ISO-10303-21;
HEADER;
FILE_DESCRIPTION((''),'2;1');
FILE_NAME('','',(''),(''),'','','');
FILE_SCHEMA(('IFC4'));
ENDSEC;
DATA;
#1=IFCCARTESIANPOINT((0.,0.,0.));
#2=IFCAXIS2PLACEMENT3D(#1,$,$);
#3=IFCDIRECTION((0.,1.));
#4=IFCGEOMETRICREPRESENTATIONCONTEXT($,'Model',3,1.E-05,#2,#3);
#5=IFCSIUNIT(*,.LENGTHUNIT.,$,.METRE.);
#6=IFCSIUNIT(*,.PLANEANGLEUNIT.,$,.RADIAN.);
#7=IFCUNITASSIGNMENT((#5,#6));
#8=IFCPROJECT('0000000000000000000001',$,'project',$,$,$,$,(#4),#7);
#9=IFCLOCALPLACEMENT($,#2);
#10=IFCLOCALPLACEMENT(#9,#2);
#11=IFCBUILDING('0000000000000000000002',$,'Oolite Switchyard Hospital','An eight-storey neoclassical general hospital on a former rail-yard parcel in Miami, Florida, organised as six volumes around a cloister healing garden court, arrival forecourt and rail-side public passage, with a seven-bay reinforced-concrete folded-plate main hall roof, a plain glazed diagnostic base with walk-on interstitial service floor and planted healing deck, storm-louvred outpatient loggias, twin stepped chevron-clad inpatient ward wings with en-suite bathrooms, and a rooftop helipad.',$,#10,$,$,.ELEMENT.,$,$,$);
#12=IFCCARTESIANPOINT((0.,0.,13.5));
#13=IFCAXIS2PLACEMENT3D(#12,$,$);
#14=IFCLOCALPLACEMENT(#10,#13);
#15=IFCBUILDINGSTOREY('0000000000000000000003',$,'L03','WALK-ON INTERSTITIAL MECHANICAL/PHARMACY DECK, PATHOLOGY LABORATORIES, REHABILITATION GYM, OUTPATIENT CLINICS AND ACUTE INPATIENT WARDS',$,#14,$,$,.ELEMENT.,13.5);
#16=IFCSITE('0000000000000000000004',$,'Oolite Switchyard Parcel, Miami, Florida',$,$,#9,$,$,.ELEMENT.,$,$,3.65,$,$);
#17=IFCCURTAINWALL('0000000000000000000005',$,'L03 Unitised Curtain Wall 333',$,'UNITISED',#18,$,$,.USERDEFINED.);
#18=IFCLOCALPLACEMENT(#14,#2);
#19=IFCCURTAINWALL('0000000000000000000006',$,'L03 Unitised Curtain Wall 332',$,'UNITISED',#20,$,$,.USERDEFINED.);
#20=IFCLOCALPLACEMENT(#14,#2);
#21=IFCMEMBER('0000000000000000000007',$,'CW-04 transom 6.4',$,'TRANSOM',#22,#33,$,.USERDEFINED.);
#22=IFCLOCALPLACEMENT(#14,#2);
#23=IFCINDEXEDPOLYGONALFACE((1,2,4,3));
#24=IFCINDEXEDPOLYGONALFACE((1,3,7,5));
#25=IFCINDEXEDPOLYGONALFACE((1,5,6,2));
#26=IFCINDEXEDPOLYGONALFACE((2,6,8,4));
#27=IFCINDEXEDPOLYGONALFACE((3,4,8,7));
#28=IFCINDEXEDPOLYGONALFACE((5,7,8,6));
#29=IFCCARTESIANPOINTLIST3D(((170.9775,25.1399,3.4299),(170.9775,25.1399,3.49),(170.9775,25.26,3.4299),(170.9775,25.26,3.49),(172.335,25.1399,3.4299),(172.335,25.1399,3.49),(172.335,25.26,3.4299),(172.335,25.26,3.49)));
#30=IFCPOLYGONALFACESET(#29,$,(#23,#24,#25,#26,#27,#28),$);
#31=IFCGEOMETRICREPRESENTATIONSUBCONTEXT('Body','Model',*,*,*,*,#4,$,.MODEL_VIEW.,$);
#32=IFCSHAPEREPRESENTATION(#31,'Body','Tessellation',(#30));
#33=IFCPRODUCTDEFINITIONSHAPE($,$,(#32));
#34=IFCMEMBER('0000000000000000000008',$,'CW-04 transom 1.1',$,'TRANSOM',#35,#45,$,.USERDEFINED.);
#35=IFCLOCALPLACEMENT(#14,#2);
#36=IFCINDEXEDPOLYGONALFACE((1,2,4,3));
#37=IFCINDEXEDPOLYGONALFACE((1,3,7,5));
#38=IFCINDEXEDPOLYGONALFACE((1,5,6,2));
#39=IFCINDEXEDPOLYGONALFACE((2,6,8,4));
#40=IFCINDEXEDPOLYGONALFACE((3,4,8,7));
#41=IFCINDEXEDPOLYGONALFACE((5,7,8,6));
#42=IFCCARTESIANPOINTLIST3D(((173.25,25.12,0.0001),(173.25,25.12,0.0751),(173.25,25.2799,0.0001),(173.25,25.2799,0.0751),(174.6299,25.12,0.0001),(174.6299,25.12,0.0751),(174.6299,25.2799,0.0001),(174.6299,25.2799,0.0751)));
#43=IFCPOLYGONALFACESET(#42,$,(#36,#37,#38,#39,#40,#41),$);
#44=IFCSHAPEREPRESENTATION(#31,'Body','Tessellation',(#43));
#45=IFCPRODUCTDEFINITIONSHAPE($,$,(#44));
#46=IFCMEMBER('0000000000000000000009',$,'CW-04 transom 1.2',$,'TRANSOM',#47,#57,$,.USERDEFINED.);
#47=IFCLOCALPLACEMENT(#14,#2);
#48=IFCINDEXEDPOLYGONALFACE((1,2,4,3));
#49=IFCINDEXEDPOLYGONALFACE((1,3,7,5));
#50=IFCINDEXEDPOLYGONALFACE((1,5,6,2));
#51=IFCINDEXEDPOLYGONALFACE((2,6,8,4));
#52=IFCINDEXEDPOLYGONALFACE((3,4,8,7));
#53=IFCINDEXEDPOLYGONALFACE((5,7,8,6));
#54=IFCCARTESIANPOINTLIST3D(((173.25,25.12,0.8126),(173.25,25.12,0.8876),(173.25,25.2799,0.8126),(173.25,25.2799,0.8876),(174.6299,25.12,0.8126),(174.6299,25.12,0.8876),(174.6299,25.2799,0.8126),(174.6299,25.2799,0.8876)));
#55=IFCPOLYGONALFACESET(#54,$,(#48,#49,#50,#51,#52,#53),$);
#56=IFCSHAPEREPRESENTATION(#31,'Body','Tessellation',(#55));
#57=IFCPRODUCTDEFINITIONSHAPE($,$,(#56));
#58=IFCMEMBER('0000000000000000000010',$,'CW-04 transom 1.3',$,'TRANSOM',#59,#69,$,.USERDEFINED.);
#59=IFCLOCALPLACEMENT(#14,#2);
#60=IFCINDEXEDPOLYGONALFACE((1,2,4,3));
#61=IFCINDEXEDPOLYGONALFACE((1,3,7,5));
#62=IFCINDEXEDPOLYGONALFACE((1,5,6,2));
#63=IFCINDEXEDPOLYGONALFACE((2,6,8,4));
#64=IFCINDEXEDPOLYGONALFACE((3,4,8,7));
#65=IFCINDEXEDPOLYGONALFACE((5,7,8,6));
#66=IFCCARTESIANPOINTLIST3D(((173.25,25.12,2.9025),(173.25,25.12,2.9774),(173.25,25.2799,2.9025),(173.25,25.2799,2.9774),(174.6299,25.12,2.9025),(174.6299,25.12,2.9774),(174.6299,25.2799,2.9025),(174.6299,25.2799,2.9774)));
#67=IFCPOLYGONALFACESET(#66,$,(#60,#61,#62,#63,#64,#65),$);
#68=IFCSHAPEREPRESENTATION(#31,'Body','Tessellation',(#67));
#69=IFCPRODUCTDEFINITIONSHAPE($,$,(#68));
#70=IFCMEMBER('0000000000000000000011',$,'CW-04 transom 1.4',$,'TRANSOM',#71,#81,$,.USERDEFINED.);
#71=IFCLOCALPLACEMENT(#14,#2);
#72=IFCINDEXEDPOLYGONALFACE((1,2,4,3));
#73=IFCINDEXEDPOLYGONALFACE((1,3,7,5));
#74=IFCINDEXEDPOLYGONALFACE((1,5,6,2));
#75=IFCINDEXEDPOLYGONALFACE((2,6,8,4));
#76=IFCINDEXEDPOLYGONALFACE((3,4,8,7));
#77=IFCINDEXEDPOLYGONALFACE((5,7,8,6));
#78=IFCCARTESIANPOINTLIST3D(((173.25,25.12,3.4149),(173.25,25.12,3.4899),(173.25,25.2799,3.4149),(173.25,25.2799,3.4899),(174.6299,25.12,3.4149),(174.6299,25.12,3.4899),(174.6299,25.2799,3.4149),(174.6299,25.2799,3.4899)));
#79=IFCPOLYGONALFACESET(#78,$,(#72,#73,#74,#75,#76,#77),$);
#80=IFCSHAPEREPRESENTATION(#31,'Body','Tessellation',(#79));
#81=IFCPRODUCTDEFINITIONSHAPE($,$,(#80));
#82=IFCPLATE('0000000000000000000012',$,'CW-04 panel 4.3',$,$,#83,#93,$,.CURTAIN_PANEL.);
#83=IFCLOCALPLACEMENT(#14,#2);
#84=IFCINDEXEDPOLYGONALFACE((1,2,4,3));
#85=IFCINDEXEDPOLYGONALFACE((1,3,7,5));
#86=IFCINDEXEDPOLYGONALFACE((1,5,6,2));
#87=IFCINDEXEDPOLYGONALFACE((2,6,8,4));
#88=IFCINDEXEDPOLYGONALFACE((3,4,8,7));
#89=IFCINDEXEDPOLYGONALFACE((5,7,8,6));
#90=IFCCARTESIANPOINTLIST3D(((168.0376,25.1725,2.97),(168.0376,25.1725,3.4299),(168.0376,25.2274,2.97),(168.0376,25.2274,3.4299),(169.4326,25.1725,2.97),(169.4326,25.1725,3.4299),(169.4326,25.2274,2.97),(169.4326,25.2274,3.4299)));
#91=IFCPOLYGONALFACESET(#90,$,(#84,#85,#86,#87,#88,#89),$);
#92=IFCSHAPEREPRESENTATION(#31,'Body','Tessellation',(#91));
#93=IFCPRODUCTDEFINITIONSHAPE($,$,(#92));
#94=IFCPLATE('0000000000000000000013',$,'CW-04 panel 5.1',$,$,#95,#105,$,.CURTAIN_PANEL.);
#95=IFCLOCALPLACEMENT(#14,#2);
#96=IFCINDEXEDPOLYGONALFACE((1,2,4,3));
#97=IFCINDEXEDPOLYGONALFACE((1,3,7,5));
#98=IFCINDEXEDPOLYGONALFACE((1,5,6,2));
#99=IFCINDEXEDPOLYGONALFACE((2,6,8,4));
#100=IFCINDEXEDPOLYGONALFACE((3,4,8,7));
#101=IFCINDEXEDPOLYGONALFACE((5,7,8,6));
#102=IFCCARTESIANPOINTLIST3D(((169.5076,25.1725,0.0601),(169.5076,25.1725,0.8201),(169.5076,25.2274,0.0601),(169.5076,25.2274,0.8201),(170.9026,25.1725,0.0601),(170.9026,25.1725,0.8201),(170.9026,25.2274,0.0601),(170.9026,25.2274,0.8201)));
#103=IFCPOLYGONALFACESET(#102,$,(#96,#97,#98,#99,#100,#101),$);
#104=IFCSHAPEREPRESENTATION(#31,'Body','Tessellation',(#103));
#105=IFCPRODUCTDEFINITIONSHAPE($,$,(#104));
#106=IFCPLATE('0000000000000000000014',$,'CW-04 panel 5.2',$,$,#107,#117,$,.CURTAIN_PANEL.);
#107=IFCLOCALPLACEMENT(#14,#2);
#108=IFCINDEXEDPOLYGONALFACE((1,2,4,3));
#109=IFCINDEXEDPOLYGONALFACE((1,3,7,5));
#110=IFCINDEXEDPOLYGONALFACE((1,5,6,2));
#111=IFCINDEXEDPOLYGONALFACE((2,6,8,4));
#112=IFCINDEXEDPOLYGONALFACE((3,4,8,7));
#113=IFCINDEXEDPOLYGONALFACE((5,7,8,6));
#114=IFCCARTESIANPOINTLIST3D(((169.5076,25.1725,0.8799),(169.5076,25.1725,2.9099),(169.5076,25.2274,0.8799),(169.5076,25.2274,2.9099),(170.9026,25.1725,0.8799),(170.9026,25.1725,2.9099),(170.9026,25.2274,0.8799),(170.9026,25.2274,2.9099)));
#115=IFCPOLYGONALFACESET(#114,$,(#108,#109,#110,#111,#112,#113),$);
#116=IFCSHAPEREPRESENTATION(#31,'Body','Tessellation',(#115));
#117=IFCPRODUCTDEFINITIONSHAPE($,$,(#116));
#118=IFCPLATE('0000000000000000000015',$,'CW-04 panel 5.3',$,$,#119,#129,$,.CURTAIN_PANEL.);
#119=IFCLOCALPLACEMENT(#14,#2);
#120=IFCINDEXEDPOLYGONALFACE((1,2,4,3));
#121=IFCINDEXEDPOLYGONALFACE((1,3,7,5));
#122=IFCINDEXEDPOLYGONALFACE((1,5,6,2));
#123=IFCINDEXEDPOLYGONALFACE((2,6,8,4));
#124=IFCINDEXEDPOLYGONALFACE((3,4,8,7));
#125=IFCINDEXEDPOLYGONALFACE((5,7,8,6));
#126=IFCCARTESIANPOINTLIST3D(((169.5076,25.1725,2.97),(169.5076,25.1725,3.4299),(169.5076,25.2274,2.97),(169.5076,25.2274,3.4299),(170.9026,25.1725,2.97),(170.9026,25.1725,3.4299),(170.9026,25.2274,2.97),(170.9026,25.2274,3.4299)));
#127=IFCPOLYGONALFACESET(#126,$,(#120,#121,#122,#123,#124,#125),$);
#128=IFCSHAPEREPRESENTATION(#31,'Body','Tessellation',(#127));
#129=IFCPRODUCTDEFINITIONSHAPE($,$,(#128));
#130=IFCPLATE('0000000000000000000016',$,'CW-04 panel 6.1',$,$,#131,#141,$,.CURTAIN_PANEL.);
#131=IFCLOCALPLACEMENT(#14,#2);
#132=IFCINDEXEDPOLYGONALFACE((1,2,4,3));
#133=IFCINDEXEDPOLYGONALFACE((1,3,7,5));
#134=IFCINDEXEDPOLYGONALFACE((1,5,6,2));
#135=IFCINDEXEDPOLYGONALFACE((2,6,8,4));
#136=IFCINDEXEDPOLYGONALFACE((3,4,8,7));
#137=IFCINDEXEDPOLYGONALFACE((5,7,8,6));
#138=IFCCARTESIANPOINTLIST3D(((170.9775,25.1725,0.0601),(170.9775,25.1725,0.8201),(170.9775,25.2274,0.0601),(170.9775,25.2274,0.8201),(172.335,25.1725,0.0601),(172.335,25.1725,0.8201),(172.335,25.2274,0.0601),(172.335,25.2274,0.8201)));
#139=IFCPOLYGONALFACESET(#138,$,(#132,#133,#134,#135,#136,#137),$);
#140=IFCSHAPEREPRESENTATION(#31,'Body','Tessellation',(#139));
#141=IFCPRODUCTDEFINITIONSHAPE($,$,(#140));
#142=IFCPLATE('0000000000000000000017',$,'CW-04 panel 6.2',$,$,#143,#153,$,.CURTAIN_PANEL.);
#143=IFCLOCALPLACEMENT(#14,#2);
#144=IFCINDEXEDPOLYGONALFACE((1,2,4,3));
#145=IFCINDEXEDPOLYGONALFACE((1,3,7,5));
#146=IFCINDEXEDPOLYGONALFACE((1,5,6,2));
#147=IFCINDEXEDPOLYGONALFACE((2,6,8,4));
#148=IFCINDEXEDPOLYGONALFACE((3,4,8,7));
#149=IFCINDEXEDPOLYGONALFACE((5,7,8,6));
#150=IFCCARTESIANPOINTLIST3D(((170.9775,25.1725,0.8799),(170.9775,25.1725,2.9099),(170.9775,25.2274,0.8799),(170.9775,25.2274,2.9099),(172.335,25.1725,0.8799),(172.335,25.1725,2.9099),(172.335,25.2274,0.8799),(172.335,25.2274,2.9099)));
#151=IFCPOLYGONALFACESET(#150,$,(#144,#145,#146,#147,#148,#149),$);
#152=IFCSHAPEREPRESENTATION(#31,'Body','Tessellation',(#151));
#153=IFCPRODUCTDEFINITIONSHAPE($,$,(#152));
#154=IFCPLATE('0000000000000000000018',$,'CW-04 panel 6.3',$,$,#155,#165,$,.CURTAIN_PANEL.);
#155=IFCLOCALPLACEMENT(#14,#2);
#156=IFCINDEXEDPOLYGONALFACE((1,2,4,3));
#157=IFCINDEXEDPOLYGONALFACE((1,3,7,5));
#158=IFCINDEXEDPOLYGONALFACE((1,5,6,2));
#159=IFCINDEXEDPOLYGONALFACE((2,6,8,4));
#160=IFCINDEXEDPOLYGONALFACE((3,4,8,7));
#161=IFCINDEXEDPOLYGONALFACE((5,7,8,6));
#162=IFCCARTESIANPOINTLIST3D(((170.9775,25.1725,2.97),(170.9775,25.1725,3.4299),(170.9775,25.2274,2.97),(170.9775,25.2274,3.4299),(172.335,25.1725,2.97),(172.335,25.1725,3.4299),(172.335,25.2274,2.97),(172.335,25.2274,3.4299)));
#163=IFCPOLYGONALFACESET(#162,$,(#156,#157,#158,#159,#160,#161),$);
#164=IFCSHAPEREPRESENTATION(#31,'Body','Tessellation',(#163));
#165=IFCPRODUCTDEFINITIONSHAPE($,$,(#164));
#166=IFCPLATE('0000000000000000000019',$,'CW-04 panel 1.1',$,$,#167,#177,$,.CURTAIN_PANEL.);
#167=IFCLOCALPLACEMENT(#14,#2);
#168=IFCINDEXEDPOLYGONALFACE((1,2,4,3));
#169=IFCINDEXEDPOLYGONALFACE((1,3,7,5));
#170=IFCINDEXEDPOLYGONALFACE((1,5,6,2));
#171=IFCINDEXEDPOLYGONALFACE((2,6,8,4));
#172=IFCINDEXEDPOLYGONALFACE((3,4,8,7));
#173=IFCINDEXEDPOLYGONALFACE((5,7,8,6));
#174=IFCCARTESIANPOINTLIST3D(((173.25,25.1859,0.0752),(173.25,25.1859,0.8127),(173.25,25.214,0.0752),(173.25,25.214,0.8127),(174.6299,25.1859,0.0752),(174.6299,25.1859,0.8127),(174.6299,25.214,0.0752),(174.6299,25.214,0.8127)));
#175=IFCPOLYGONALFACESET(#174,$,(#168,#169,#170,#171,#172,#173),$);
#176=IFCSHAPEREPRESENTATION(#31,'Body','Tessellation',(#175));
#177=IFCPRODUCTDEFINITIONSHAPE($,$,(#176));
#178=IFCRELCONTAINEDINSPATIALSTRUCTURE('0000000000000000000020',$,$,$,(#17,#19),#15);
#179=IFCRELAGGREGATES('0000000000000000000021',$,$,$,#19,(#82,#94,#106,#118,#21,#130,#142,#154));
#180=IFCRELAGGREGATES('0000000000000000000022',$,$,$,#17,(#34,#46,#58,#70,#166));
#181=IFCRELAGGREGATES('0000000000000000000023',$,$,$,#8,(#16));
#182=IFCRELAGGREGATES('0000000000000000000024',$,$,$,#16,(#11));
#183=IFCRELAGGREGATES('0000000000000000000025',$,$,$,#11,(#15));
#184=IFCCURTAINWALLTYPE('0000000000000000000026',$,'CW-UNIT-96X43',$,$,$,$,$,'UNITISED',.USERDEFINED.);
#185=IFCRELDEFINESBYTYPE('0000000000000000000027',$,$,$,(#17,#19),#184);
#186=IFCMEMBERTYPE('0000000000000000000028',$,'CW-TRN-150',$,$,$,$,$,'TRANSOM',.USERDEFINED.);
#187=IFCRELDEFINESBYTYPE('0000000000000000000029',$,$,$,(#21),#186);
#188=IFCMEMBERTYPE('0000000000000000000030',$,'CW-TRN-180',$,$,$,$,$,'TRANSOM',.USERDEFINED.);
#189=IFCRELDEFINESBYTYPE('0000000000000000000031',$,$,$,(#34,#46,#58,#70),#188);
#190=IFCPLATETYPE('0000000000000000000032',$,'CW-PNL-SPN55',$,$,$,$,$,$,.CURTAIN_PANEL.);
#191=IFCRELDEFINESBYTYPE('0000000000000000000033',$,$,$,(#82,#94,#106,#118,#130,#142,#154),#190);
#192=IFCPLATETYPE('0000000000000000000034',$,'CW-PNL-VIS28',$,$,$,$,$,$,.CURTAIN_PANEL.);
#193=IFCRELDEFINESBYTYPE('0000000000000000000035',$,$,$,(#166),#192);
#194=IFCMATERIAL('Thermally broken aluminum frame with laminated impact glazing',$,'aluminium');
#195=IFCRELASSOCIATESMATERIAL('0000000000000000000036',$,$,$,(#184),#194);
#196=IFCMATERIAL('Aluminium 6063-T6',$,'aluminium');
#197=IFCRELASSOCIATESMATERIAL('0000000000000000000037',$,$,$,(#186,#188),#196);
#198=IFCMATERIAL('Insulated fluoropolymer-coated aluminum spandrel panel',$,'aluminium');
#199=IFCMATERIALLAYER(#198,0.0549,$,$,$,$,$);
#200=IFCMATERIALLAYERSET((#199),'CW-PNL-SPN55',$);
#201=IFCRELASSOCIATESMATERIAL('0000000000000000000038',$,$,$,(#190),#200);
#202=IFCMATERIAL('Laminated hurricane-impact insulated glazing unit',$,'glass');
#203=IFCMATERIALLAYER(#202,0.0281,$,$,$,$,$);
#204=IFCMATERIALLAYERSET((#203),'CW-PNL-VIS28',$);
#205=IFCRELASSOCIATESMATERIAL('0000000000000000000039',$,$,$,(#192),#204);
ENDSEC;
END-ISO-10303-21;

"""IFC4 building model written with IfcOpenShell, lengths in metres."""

from ifc_helpers import new_model, si_unit, direction, frame, origin, origin_2d, place, context, subcontext, project, spatial, rectangle, extrude, material, layer, layer_set, material_profile, profile_set, type_object, element, aggregate, save


model = new_model("IFC4")

# Units and contexts
model_context = context("Model", 3, precision=1e-05, world=origin(), true_north=direction((0.0, 1.0)))
body_context = subcontext(model_context, "Body", "Model", "MODEL_VIEW")
ifc_project = project(units=[si_unit("LENGTHUNIT", "METRE"), si_unit("PLANEANGLEUNIT", "RADIAN")], contexts=[model_context])

# Site, building, storey
site_placement = place(None, origin())
site = spatial("IfcSite", under=ifc_project, at=site_placement, Name="Oolite Switchyard Parcel, Miami, Florida", CompositionType="ELEMENT", RefElevation=3.65)
building_placement = place(site_placement, origin())
building = spatial("IfcBuilding", under=site, at=building_placement, Name="Oolite Switchyard Hospital", Description="An eight-storey neoclassical general hospital on a former rail-yard parcel in Miami, Florida, organised as six volumes around a cloister healing garden court, arrival forecourt and rail-side public passage, with a seven-bay reinforced-concrete folded-plate main hall roof, a plain glazed diagnostic base with walk-on interstitial service floor and planted healing deck, storm-louvred outpatient loggias, twin stepped chevron-clad inpatient ward wings with en-suite bathrooms, and a rooftop helipad.", CompositionType="ELEMENT")
storey_placement = place(building_placement, frame((0.0, 0.0, 13.5)))
storey = spatial("IfcBuildingStorey", under=building, at=storey_placement, Name="L03", Description="WALK-ON INTERSTITIAL MECHANICAL/PHARMACY DECK, PATHOLOGY LABORATORIES, REHABILITATION GYM, OUTPATIENT CLINICS AND ACUTE INPATIENT WARDS", CompositionType="ELEMENT", Elevation=13.5)

# Curtain wall
ifc_material_1 = material(Name="Thermally broken aluminum frame with laminated impact glazing", Category="aluminium")
curtain_wall_type = type_object("IfcCurtainWallType", Name="CW-UNIT-96X43", ElementType="UNITISED", PredefinedType="USERDEFINED", material=ifc_material_1)
curtain_wall_1_placement = place(storey_placement, origin())
curtain_wall_1 = element("IfcCurtainWall", 1, at=curtain_wall_1_placement, inside=storey, type_object=curtain_wall_type, Name="L03 Unitised Curtain Wall 333", ObjectType="UNITISED", PredefinedType="USERDEFINED")
ifc_material_2 = material(Name="Aluminium 6063-T6", Category="aluminium")

# Curtain wall, member
curtain_wall_2_placement = place(storey_placement, origin())
curtain_wall_2 = element("IfcCurtainWall", 2, at=curtain_wall_2_placement, inside=storey, type_object=curtain_wall_type, Name="L03 Unitised Curtain Wall 332", ObjectType="UNITISED", PredefinedType="USERDEFINED")
ifc_material_profile_1 = material_profile(ifc_material_2, rectangle(XDim=0.1201, YDim=0.0601, at=origin_2d()), Name="CWT60X120")
ifc_profile_set_1 = profile_set([ifc_material_profile_1], Name="Aluminium 6063-T6")
member_type_1 = type_object("IfcMemberType", Name="CW-TRN-150", ElementType="TRANSOM", PredefinedType="USERDEFINED", material=ifc_profile_set_1)
member_1_placement = place(storey_placement, frame((170.9775, 25.2, 3.46), z_axis=(1.0, 0.0, 0.0), x_axis=(0.0, 1.0, 0.0)))
member_1 = element("IfcMember", 3, at=member_1_placement, type_object=member_type_1, Name="CW-04 transom 6.4", ObjectType="TRANSOM", PredefinedType="USERDEFINED", context=body_context, shape_type="SweptSolid", body=[
    extrude(rectangle(XDim=0.1201, YDim=0.0601, at=origin_2d()), origin(), (0.0, 0.0, 1.0), 1.3574),
])

# Members
ifc_material_profile_2 = material_profile(ifc_material_2, rectangle(XDim=0.1599, YDim=0.075, at=origin_2d()), Name="CWT75X160")
ifc_profile_set_2 = profile_set([ifc_material_profile_2], Name="Aluminium 6063-T6")
member_type_2 = type_object("IfcMemberType", Name="CW-TRN-180", ElementType="TRANSOM", PredefinedType="USERDEFINED", material=ifc_profile_set_2)
member_2_placement = place(storey_placement, frame((173.25, 25.2, 0.0376), z_axis=(1.0, 0.0, 0.0), x_axis=(0.0, 1.0, 0.0)))
member_2 = element("IfcMember", 4, at=member_2_placement, type_object=member_type_2, Name="CW-04 transom 1.1", ObjectType="TRANSOM", PredefinedType="USERDEFINED", context=body_context, shape_type="SweptSolid", body=[
    extrude(rectangle(XDim=0.1599, YDim=0.075, at=origin_2d()), origin(), (0.0, 0.0, 1.0), 1.3799),
])
member_3_placement = place(storey_placement, frame((173.25, 25.2, 0.8501), z_axis=(1.0, 0.0, 0.0), x_axis=(0.0, 1.0, 0.0)))
member_3 = element("IfcMember", 5, at=member_3_placement, type_object=member_type_2, Name="CW-04 transom 1.2", ObjectType="TRANSOM", PredefinedType="USERDEFINED", context=body_context, shape_type="SweptSolid", body=[
    extrude(rectangle(XDim=0.1599, YDim=0.075, at=origin_2d()), origin(), (0.0, 0.0, 1.0), 1.3799),
])
member_4_placement = place(storey_placement, frame((173.25, 25.2, 2.9399), z_axis=(1.0, 0.0, 0.0), x_axis=(0.0, 1.0, 0.0)))
member_4 = element("IfcMember", 6, at=member_4_placement, type_object=member_type_2, Name="CW-04 transom 1.3", ObjectType="TRANSOM", PredefinedType="USERDEFINED", context=body_context, shape_type="SweptSolid", body=[
    extrude(rectangle(XDim=0.1599, YDim=0.075, at=origin_2d()), origin(), (0.0, 0.0, 1.0), 1.3799),
])
member_5_placement = place(storey_placement, frame((173.25, 25.2, 3.4524), z_axis=(1.0, 0.0, 0.0), x_axis=(0.0, 1.0, 0.0)))
member_5 = element("IfcMember", 7, at=member_5_placement, type_object=member_type_2, Name="CW-04 transom 1.4", ObjectType="TRANSOM", PredefinedType="USERDEFINED", context=body_context, shape_type="SweptSolid", body=[
    extrude(rectangle(XDim=0.1599, YDim=0.075, at=origin_2d()), origin(), (0.0, 0.0, 1.0), 1.3799),
])

# Plates
ifc_material_3 = material(Name="Insulated fluoropolymer-coated aluminum spandrel panel", Category="aluminium")
ifc_layer_1 = layer(ifc_material_3, 0.0549)
ifc_layer_set_1 = layer_set([ifc_layer_1], Name="CW-PNL-SPN55")
plate_type_1 = type_object("IfcPlateType", Name="CW-PNL-SPN55", PredefinedType="CURTAIN_PANEL", material=ifc_layer_set_1)
plate_1_placement = place(storey_placement, frame((168.7351, 25.2, 2.97), z_axis=(0.0, 0.0, 1.0), x_axis=(1.0, 0.0, 0.0)))
plate_1 = element("IfcPlate", 8, at=plate_1_placement, type_object=plate_type_1, Name="CW-04 panel 4.3", PredefinedType="CURTAIN_PANEL", context=body_context, shape_type="SweptSolid", body=[
    extrude(rectangle(XDim=1.395, YDim=0.0549, at=origin_2d()), origin(), (0.0, 0.0, 1.0), 0.46),
])
plate_2_placement = place(storey_placement, frame((170.2051, 25.2, 0.0601), z_axis=(0.0, 0.0, 1.0), x_axis=(1.0, 0.0, 0.0)))
plate_2 = element("IfcPlate", 9, at=plate_2_placement, type_object=plate_type_1, Name="CW-04 panel 5.1", PredefinedType="CURTAIN_PANEL", context=body_context, shape_type="SweptSolid", body=[
    extrude(rectangle(XDim=1.395, YDim=0.0549, at=origin_2d()), origin(), (0.0, 0.0, 1.0), 0.76),
])
plate_3_placement = place(storey_placement, frame((170.2051, 25.2, 0.8799), z_axis=(0.0, 0.0, 1.0), x_axis=(1.0, 0.0, 0.0)))
plate_3 = element("IfcPlate", 10, at=plate_3_placement, type_object=plate_type_1, Name="CW-04 panel 5.2", PredefinedType="CURTAIN_PANEL", context=body_context, shape_type="SweptSolid", body=[
    extrude(rectangle(XDim=1.395, YDim=0.0549, at=origin_2d()), origin(), (0.0, 0.0, 1.0), 2.03),
])
plate_4_placement = place(storey_placement, frame((170.2051, 25.2, 2.97), z_axis=(0.0, 0.0, 1.0), x_axis=(1.0, 0.0, 0.0)))
plate_4 = element("IfcPlate", 11, at=plate_4_placement, type_object=plate_type_1, Name="CW-04 panel 5.3", PredefinedType="CURTAIN_PANEL", context=body_context, shape_type="SweptSolid", body=[
    extrude(rectangle(XDim=1.395, YDim=0.0549, at=origin_2d()), origin(), (0.0, 0.0, 1.0), 0.46),
])
plate_5_placement = place(storey_placement, frame((171.6562, 25.2, 0.0601), z_axis=(0.0, 0.0, 1.0), x_axis=(1.0, 0.0, 0.0)))
plate_5 = element("IfcPlate", 12, at=plate_5_placement, type_object=plate_type_1, Name="CW-04 panel 6.1", PredefinedType="CURTAIN_PANEL", context=body_context, shape_type="SweptSolid", body=[
    extrude(rectangle(XDim=1.3574, YDim=0.0549, at=origin_2d()), origin(), (0.0, 0.0, 1.0), 0.76),
])
plate_6_placement = place(storey_placement, frame((171.6562, 25.2, 0.8799), z_axis=(0.0, 0.0, 1.0), x_axis=(1.0, 0.0, 0.0)))
plate_6 = element("IfcPlate", 13, at=plate_6_placement, type_object=plate_type_1, Name="CW-04 panel 6.2", PredefinedType="CURTAIN_PANEL", context=body_context, shape_type="SweptSolid", body=[
    extrude(rectangle(XDim=1.3574, YDim=0.0549, at=origin_2d()), origin(), (0.0, 0.0, 1.0), 2.03),
])
plate_7_placement = place(storey_placement, frame((171.6562, 25.2, 2.97), z_axis=(0.0, 0.0, 1.0), x_axis=(1.0, 0.0, 0.0)))
plate_7 = element("IfcPlate", 14, at=plate_7_placement, type_object=plate_type_1, Name="CW-04 panel 6.3", PredefinedType="CURTAIN_PANEL", context=body_context, shape_type="SweptSolid", body=[
    extrude(rectangle(XDim=1.3574, YDim=0.0549, at=origin_2d()), origin(), (0.0, 0.0, 1.0), 0.46),
])
aggregate(curtain_wall_2, [plate_1, plate_2, plate_3, plate_4, member_1, plate_5, plate_6, plate_7])
ifc_material_4 = material(Name="Laminated hurricane-impact insulated glazing unit", Category="glass")
ifc_layer_2 = layer(ifc_material_4, 0.0281)
ifc_layer_set_2 = layer_set([ifc_layer_2], Name="CW-PNL-VIS28")
plate_type_2 = type_object("IfcPlateType", Name="CW-PNL-VIS28", PredefinedType="CURTAIN_PANEL", material=ifc_layer_set_2)
plate_8_placement = place(storey_placement, frame((173.9399, 25.2, 0.0752), z_axis=(0.0, 0.0, 1.0), x_axis=(1.0, 0.0, 0.0)))
plate_8 = element("IfcPlate", 15, at=plate_8_placement, type_object=plate_type_2, Name="CW-04 panel 1.1", PredefinedType="CURTAIN_PANEL", context=body_context, shape_type="SweptSolid", body=[
    extrude(rectangle(XDim=1.3799, YDim=0.0281, at=origin_2d()), origin(), (0.0, 0.0, 1.0), 0.7375),
])
aggregate(curtain_wall_1, [member_2, member_3, member_4, member_5, plate_8])

save(model, "model.ifc")
